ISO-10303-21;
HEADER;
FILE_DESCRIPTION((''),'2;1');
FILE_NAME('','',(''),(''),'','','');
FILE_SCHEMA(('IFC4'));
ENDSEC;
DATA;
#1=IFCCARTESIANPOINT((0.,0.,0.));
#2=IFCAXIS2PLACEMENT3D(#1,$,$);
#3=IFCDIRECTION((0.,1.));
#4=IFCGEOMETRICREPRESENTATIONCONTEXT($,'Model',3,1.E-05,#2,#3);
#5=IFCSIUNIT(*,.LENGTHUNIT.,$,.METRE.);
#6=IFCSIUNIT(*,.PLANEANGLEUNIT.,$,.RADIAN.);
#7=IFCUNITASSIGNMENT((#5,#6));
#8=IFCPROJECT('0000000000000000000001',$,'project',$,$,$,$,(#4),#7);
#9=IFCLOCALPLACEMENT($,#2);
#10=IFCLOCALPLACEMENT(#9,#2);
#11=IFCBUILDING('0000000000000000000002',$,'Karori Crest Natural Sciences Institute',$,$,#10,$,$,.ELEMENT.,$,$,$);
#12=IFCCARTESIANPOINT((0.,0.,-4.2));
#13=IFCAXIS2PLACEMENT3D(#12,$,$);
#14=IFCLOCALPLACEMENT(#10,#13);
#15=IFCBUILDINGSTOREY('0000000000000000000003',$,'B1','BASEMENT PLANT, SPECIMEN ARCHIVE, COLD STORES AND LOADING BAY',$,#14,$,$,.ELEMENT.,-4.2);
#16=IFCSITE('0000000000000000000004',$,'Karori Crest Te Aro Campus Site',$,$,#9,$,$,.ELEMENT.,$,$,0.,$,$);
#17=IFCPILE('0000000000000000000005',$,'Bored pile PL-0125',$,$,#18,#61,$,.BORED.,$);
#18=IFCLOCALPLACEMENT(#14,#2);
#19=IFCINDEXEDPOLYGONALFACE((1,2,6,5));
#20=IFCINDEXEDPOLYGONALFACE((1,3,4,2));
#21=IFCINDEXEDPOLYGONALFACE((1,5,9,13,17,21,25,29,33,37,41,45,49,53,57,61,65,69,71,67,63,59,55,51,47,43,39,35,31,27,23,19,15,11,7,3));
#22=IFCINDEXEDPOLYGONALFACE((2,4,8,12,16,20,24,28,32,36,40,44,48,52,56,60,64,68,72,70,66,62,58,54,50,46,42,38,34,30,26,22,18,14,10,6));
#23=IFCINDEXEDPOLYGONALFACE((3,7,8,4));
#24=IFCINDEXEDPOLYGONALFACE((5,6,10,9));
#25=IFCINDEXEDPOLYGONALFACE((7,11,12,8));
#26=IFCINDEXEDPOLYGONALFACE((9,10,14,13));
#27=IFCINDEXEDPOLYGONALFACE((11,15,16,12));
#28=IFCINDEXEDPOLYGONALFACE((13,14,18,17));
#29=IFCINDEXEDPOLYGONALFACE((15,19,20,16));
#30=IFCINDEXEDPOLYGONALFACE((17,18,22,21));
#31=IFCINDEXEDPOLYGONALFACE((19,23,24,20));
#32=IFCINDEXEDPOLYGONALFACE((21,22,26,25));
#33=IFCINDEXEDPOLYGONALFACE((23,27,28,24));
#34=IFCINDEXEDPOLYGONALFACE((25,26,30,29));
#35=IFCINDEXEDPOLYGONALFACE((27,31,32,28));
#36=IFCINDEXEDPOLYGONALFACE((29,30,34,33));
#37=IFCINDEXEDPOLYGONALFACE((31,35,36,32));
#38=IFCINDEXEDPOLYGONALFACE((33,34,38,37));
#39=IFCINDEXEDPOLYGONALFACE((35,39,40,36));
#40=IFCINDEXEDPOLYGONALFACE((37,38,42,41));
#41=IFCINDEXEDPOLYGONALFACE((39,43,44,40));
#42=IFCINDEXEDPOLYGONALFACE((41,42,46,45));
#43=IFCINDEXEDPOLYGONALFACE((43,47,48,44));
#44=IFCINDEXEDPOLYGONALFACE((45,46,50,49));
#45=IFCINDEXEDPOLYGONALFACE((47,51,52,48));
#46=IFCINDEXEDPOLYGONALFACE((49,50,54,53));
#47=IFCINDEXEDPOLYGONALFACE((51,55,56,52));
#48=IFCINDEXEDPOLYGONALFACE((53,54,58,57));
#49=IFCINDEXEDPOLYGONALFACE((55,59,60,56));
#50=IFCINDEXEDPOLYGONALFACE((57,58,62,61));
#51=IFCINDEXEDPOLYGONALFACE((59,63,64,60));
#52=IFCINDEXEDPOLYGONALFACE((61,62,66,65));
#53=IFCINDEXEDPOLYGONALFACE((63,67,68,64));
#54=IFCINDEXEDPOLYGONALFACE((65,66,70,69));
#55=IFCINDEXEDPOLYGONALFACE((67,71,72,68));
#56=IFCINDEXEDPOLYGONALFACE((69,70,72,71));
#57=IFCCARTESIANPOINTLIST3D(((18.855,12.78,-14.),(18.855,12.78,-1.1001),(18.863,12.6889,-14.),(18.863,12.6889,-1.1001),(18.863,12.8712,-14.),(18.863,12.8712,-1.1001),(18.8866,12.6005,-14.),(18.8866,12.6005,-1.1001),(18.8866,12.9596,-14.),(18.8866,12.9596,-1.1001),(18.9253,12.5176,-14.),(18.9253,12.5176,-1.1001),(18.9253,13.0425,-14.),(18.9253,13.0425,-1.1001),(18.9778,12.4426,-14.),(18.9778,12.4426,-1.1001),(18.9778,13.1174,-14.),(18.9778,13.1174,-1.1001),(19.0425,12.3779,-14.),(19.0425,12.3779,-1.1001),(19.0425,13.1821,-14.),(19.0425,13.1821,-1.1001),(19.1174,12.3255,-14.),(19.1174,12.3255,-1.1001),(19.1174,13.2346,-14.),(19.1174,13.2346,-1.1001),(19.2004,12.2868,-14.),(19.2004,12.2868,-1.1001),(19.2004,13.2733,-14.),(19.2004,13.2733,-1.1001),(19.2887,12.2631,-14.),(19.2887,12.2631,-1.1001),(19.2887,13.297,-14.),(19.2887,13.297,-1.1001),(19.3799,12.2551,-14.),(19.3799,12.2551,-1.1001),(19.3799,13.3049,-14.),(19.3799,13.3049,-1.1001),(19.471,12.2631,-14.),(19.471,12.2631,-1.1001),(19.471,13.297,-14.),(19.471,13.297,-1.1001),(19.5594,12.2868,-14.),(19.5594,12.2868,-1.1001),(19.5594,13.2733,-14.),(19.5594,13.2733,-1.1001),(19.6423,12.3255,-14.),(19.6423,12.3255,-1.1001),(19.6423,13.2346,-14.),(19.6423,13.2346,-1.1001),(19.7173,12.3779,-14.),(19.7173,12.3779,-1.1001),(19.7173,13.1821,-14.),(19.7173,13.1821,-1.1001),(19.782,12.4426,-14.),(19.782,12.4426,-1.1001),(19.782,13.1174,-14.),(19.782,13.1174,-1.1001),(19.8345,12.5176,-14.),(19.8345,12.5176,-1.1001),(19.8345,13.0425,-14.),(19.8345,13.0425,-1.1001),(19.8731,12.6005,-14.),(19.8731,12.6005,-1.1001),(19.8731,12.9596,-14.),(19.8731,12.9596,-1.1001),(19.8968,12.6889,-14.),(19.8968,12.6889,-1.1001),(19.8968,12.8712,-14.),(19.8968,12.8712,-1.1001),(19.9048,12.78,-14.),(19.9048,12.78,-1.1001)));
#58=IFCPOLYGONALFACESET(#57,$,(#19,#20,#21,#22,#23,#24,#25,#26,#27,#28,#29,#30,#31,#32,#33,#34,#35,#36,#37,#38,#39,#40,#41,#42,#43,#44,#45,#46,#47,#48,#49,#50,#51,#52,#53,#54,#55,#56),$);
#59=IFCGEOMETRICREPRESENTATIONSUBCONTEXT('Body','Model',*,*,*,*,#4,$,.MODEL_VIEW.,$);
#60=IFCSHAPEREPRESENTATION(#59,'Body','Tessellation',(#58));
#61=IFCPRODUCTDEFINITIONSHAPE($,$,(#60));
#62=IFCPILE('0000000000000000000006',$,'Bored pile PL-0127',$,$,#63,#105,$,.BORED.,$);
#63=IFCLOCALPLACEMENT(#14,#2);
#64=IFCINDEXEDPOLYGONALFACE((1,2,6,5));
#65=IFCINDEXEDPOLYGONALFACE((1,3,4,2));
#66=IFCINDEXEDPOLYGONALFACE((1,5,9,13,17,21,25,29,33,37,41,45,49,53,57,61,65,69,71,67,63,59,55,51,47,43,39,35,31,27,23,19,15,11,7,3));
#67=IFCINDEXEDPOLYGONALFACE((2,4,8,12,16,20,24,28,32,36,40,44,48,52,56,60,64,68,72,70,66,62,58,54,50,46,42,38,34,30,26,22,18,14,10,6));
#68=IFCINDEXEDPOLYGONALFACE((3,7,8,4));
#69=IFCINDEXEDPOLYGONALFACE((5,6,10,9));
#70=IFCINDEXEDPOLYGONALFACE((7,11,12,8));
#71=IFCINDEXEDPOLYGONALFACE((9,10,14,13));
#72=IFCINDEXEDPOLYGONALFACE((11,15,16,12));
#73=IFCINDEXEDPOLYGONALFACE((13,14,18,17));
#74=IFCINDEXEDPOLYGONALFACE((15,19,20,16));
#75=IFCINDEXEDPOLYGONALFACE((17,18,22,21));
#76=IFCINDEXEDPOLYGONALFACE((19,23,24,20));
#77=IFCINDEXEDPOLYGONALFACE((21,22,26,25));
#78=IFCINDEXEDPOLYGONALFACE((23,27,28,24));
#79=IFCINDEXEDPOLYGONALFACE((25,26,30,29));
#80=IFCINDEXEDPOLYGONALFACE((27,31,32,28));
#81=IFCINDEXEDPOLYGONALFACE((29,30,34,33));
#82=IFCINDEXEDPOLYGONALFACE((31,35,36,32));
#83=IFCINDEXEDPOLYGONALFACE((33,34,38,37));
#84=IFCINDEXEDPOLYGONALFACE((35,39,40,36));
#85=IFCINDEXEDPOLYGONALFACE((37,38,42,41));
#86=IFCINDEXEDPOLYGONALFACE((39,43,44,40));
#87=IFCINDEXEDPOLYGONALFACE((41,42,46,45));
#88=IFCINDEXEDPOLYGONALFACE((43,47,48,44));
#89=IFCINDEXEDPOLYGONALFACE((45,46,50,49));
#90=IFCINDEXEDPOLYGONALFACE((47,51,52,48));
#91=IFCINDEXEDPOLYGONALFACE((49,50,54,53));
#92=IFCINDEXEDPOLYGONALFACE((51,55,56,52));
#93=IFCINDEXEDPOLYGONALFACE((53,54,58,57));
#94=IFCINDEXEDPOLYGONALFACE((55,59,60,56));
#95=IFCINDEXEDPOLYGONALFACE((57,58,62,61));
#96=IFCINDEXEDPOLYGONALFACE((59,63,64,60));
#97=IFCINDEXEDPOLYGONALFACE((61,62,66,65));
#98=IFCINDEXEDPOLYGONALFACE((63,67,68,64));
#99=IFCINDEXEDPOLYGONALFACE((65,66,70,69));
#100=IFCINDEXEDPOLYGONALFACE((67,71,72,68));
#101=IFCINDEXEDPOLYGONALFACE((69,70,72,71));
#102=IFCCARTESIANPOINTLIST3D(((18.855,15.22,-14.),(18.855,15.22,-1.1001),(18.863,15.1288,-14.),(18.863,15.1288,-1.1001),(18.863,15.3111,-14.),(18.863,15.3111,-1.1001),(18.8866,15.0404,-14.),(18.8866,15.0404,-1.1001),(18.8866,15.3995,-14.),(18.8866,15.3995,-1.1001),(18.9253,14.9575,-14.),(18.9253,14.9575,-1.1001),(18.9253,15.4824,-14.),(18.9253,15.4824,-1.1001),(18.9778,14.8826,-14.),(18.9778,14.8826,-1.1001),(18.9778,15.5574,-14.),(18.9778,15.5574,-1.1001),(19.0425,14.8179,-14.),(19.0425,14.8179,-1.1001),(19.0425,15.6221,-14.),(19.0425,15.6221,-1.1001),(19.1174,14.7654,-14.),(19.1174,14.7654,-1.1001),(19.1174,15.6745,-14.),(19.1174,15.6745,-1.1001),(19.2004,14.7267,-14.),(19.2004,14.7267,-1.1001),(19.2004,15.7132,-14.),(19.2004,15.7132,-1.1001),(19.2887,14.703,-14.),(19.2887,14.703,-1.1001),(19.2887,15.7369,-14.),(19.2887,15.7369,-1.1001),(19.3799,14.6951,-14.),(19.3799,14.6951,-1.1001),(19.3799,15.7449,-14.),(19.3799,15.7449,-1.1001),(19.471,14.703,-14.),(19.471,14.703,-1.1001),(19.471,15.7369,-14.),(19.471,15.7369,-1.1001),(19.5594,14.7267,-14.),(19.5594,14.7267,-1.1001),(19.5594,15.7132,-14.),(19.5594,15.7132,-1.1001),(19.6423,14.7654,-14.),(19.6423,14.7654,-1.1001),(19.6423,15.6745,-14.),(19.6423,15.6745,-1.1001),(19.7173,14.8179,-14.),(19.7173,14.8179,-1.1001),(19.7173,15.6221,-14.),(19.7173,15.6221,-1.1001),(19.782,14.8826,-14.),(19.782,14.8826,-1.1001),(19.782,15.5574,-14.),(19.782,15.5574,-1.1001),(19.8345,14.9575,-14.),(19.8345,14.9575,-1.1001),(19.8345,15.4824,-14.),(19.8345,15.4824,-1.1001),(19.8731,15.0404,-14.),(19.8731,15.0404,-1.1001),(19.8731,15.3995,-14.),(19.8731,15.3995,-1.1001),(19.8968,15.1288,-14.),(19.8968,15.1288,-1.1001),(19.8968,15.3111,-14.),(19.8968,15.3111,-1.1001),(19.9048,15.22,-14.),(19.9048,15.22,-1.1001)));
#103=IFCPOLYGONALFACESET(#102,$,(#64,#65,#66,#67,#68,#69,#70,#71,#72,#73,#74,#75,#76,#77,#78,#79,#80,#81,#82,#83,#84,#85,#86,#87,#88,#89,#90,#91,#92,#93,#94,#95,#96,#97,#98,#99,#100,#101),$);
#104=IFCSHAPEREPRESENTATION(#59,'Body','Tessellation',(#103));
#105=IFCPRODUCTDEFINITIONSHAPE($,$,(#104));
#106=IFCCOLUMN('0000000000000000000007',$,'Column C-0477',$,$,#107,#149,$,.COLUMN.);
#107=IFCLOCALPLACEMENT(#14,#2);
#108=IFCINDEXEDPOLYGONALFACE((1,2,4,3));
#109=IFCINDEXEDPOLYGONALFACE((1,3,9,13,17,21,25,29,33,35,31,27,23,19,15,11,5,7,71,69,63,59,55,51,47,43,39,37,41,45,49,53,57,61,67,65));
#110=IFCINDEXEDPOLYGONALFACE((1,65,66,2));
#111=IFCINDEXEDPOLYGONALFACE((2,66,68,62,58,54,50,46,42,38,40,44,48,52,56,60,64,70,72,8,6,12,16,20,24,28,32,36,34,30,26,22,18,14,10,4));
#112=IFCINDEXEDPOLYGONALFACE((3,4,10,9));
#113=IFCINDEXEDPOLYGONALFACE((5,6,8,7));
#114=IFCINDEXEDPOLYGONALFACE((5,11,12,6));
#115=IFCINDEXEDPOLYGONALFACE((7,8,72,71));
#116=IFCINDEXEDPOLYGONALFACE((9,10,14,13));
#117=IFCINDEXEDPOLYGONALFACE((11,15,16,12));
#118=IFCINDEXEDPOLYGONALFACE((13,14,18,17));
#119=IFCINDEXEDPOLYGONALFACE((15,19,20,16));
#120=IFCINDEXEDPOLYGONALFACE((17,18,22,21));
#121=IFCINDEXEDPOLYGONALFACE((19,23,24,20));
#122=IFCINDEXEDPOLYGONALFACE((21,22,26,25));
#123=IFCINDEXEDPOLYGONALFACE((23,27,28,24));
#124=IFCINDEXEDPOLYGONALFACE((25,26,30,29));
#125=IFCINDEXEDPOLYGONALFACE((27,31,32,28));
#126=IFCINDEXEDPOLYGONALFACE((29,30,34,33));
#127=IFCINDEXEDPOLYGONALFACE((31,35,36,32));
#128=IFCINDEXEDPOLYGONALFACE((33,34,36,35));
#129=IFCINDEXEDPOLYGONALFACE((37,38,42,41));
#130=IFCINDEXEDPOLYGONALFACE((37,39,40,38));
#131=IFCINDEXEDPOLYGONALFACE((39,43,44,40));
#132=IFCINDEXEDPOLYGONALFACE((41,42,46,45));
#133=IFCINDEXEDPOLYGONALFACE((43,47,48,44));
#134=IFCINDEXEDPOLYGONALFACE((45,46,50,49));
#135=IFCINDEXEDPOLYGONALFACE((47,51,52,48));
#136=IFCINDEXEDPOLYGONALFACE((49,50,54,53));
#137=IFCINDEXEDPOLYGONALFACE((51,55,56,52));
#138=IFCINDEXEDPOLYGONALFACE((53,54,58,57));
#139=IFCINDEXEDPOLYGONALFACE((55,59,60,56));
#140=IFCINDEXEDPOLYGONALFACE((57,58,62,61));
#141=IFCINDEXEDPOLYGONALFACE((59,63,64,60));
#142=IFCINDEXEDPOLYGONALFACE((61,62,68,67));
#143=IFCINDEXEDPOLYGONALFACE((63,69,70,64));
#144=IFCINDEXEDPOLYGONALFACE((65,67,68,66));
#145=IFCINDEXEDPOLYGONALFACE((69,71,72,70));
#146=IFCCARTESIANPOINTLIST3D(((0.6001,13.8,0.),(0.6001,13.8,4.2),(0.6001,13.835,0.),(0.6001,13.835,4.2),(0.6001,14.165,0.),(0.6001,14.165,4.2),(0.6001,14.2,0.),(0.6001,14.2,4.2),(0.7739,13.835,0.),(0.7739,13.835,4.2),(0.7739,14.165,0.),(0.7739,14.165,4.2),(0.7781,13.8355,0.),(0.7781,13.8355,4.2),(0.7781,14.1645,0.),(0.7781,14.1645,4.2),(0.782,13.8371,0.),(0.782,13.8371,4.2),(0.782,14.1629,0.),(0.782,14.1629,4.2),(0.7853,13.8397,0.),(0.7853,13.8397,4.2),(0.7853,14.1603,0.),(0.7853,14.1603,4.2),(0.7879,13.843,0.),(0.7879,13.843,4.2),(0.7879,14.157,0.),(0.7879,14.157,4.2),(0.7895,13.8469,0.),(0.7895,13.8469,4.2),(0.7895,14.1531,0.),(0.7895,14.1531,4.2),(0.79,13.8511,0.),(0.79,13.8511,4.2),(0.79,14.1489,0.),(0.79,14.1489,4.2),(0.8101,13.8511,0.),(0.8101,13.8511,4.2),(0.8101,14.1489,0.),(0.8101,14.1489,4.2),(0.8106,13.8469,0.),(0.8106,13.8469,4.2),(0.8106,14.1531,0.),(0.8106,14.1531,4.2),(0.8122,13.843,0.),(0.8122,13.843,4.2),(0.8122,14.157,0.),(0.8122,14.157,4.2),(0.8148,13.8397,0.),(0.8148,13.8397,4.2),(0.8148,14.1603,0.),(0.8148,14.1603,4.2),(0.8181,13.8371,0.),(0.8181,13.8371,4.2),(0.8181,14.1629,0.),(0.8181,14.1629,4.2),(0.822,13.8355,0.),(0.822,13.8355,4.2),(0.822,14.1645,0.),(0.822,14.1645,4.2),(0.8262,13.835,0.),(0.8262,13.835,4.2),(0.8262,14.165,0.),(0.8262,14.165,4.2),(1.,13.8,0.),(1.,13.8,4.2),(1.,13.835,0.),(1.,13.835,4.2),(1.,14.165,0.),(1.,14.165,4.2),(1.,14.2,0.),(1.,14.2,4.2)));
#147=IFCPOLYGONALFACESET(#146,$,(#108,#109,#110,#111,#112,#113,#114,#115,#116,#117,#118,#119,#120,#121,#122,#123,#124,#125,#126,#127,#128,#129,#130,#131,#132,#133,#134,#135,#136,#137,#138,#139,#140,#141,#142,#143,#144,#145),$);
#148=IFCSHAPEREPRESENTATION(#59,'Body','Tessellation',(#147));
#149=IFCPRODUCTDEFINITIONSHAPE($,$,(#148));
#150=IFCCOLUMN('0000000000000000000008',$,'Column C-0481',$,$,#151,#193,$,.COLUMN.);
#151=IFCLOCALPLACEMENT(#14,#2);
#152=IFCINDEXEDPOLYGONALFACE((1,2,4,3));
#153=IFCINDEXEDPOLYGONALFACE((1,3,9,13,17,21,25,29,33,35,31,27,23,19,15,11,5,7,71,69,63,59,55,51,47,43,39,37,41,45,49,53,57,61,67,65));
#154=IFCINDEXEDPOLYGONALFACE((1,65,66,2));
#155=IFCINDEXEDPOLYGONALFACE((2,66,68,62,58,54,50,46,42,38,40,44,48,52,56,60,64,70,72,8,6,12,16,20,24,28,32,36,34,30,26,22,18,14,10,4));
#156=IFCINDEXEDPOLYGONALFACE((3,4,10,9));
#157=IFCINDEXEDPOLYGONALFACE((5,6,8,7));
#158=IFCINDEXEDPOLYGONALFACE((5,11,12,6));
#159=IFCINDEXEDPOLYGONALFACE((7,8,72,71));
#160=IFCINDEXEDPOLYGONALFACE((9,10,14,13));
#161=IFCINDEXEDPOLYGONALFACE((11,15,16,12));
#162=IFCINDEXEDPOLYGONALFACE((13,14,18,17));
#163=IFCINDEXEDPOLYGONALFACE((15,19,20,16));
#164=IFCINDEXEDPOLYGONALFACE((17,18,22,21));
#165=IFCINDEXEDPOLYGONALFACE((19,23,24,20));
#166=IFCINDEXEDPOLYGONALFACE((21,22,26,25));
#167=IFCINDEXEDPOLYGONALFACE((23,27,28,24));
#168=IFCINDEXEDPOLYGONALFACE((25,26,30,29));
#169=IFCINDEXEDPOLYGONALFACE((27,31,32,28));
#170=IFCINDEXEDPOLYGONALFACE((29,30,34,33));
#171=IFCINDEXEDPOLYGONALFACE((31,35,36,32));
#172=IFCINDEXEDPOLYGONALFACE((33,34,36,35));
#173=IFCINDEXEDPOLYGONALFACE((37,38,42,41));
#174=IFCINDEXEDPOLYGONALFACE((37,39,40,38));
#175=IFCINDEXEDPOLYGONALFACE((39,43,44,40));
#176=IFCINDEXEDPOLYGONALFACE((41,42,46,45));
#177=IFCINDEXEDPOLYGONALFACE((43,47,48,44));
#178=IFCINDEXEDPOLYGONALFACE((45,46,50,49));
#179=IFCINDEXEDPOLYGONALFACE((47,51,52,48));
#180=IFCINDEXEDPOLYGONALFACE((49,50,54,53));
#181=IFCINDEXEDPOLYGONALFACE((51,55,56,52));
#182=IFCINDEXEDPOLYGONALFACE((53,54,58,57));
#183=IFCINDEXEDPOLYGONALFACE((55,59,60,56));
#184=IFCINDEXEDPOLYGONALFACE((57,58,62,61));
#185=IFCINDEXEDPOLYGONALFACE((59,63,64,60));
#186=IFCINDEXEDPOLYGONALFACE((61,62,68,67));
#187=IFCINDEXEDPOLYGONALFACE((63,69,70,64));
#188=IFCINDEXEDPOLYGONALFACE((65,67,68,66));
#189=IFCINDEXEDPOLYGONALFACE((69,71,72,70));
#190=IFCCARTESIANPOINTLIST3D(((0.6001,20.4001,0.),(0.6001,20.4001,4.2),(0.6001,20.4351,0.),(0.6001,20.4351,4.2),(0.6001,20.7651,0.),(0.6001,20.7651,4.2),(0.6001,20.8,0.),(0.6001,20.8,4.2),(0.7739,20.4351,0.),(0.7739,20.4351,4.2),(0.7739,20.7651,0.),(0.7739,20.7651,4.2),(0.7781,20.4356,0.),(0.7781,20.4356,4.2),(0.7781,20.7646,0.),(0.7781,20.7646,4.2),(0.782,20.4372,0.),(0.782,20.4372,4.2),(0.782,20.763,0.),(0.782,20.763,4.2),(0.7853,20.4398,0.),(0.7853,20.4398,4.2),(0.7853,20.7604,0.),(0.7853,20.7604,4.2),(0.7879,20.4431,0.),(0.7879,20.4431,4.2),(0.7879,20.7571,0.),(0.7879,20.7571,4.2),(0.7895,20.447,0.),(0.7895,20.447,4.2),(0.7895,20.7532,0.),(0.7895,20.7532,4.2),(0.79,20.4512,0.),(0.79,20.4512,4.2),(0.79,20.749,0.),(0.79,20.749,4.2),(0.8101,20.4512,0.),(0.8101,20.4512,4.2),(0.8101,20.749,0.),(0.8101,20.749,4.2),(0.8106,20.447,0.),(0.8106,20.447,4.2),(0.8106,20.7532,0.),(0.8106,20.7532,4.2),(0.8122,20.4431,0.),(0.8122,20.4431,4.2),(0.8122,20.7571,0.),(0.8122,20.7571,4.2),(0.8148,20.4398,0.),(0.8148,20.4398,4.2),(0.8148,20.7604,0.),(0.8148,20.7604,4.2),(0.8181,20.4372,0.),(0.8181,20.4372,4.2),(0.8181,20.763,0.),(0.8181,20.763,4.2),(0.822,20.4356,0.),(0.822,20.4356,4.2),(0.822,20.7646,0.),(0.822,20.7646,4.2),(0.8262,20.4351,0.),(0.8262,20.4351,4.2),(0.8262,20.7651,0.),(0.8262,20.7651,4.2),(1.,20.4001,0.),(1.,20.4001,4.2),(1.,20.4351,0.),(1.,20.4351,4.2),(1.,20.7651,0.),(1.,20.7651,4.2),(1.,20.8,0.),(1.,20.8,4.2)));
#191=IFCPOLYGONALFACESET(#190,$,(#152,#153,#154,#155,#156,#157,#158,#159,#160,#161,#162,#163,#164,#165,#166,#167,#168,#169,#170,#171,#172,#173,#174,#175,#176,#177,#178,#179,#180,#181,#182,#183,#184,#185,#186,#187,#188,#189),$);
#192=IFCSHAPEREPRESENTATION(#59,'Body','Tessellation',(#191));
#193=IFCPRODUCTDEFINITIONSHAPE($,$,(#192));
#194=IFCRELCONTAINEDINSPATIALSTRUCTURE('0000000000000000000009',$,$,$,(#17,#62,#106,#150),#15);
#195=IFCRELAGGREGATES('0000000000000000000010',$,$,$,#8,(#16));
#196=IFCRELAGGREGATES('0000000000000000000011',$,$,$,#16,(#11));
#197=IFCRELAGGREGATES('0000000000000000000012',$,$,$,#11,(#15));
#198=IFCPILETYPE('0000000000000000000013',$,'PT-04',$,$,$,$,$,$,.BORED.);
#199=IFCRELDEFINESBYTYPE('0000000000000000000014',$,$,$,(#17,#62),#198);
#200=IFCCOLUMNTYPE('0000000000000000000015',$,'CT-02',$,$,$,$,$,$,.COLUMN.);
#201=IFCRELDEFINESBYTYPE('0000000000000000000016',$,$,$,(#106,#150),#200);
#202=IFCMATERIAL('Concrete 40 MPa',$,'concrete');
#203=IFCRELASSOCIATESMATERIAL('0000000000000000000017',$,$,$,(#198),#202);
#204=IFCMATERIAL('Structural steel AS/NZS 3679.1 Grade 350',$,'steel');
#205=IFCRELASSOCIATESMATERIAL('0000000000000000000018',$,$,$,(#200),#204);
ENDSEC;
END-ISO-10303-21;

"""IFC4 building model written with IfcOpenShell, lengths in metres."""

from ifc_helpers import new_model, si_unit, direction, frame, origin, origin_2d, place, context, subcontext, project, spatial, circle, i_section, extrude, material, material_profile, profile_set, type_object, element, save


model = new_model("IFC4")

# Units and contexts
model_context = context("Model", 3, precision=1e-05, world=origin(), true_north=direction((0.0, 1.0)))
body_context = subcontext(model_context, "Body", "Model", "MODEL_VIEW")
ifc_project = project(units=[si_unit("LENGTHUNIT", "METRE"), si_unit("PLANEANGLEUNIT", "RADIAN")], contexts=[model_context])

# Site, building, storey
site_placement = place(None, origin())
site = spatial("IfcSite", under=ifc_project, at=site_placement, Name="Karori Crest Te Aro Campus Site", CompositionType="ELEMENT", RefElevation=0.0)
building_placement = place(site_placement, origin())
building = spatial("IfcBuilding", under=site, at=building_placement, Name="Karori Crest Natural Sciences Institute", CompositionType="ELEMENT")
storey_placement = place(building_placement, frame((0.0, 0.0, -4.2)))
storey = spatial("IfcBuildingStorey", under=building, at=storey_placement, Name="B1", Description="BASEMENT PLANT, SPECIMEN ARCHIVE, COLD STORES AND LOADING BAY", CompositionType="ELEMENT", Elevation=-4.2)

# Shared definitions
ifc_material_1 = material(Name="Concrete 40 MPa", Category="concrete")

# Piles
ifc_material_profile_1 = material_profile(ifc_material_1, circle(Radius=0.5249, at=origin_2d()), Name="PILE1050")
ifc_profile_set_1 = profile_set([ifc_material_profile_1], Name="Concrete 40 MPa")
pile_type = type_object("IfcPileType", Name="PT-04", PredefinedType="BORED", material=ifc_profile_set_1)
for number, where, z_axis, x_axis, name in (
    (1, (19.3799, 12.78, -1.1001), (0.0, 0.0, -1.0), (1.0, 0.0, 0.0), "Bored pile PL-0125"),
    (2, (19.3799, 15.22, -1.1001), (0.0, 0.0, -1.0), (1.0, 0.0, 0.0), "Bored pile PL-0127"),
):
    element("IfcPile", number, at=place(storey_placement, frame(where, z_axis=z_axis, x_axis=x_axis)), inside=storey, type_object=pile_type, Name=name, PredefinedType="BORED", context=body_context, shape_type="SweptSolid", body=[
        extrude(circle(Radius=0.5249, at=origin_2d()), origin(), (0.0, 0.0, 1.0), 12.8999),
    ])

# Columns
ifc_material_2 = material(Name="Structural steel AS/NZS 3679.1 Grade 350", Category="steel")
ifc_material_profile_2 = material_profile(ifc_material_2, i_section(OverallWidth=0.3999, OverallDepth=0.3999, WebThickness=0.02, FlangeThickness=0.0349, FilletRadius=0.0161, at=origin_2d()), Name="400WC328")
ifc_profile_set_2 = profile_set([ifc_material_profile_2], Name="Structural steel AS/NZS 3679.1 Grade 350")
column_type = type_object("IfcColumnType", Name="CT-02", PredefinedType="COLUMN", material=ifc_profile_set_2)
for number, where, z_axis, x_axis, name in (
    (3, (0.8, 14.0, 0.0), (0.0, 0.0, 1.0), (1.0, 0.0, 0.0), "Column C-0477"),
    (4, (0.8, 20.6001, 0.0), (0.0, 0.0, 1.0), (1.0, 0.0, 0.0), "Column C-0481"),
):
    element("IfcColumn", number, at=place(storey_placement, frame(where, z_axis=z_axis, x_axis=x_axis)), inside=storey, type_object=column_type, Name=name, PredefinedType="COLUMN", context=body_context, shape_type="SweptSolid", body=[
        extrude(i_section(OverallWidth=0.3999, OverallDepth=0.3999, WebThickness=0.02, FlangeThickness=0.0349, FilletRadius=0.0161, at=origin_2d()), origin(), (0.0, 0.0, 1.0), 4.2),
    ])

save(model, "model.ifc")
